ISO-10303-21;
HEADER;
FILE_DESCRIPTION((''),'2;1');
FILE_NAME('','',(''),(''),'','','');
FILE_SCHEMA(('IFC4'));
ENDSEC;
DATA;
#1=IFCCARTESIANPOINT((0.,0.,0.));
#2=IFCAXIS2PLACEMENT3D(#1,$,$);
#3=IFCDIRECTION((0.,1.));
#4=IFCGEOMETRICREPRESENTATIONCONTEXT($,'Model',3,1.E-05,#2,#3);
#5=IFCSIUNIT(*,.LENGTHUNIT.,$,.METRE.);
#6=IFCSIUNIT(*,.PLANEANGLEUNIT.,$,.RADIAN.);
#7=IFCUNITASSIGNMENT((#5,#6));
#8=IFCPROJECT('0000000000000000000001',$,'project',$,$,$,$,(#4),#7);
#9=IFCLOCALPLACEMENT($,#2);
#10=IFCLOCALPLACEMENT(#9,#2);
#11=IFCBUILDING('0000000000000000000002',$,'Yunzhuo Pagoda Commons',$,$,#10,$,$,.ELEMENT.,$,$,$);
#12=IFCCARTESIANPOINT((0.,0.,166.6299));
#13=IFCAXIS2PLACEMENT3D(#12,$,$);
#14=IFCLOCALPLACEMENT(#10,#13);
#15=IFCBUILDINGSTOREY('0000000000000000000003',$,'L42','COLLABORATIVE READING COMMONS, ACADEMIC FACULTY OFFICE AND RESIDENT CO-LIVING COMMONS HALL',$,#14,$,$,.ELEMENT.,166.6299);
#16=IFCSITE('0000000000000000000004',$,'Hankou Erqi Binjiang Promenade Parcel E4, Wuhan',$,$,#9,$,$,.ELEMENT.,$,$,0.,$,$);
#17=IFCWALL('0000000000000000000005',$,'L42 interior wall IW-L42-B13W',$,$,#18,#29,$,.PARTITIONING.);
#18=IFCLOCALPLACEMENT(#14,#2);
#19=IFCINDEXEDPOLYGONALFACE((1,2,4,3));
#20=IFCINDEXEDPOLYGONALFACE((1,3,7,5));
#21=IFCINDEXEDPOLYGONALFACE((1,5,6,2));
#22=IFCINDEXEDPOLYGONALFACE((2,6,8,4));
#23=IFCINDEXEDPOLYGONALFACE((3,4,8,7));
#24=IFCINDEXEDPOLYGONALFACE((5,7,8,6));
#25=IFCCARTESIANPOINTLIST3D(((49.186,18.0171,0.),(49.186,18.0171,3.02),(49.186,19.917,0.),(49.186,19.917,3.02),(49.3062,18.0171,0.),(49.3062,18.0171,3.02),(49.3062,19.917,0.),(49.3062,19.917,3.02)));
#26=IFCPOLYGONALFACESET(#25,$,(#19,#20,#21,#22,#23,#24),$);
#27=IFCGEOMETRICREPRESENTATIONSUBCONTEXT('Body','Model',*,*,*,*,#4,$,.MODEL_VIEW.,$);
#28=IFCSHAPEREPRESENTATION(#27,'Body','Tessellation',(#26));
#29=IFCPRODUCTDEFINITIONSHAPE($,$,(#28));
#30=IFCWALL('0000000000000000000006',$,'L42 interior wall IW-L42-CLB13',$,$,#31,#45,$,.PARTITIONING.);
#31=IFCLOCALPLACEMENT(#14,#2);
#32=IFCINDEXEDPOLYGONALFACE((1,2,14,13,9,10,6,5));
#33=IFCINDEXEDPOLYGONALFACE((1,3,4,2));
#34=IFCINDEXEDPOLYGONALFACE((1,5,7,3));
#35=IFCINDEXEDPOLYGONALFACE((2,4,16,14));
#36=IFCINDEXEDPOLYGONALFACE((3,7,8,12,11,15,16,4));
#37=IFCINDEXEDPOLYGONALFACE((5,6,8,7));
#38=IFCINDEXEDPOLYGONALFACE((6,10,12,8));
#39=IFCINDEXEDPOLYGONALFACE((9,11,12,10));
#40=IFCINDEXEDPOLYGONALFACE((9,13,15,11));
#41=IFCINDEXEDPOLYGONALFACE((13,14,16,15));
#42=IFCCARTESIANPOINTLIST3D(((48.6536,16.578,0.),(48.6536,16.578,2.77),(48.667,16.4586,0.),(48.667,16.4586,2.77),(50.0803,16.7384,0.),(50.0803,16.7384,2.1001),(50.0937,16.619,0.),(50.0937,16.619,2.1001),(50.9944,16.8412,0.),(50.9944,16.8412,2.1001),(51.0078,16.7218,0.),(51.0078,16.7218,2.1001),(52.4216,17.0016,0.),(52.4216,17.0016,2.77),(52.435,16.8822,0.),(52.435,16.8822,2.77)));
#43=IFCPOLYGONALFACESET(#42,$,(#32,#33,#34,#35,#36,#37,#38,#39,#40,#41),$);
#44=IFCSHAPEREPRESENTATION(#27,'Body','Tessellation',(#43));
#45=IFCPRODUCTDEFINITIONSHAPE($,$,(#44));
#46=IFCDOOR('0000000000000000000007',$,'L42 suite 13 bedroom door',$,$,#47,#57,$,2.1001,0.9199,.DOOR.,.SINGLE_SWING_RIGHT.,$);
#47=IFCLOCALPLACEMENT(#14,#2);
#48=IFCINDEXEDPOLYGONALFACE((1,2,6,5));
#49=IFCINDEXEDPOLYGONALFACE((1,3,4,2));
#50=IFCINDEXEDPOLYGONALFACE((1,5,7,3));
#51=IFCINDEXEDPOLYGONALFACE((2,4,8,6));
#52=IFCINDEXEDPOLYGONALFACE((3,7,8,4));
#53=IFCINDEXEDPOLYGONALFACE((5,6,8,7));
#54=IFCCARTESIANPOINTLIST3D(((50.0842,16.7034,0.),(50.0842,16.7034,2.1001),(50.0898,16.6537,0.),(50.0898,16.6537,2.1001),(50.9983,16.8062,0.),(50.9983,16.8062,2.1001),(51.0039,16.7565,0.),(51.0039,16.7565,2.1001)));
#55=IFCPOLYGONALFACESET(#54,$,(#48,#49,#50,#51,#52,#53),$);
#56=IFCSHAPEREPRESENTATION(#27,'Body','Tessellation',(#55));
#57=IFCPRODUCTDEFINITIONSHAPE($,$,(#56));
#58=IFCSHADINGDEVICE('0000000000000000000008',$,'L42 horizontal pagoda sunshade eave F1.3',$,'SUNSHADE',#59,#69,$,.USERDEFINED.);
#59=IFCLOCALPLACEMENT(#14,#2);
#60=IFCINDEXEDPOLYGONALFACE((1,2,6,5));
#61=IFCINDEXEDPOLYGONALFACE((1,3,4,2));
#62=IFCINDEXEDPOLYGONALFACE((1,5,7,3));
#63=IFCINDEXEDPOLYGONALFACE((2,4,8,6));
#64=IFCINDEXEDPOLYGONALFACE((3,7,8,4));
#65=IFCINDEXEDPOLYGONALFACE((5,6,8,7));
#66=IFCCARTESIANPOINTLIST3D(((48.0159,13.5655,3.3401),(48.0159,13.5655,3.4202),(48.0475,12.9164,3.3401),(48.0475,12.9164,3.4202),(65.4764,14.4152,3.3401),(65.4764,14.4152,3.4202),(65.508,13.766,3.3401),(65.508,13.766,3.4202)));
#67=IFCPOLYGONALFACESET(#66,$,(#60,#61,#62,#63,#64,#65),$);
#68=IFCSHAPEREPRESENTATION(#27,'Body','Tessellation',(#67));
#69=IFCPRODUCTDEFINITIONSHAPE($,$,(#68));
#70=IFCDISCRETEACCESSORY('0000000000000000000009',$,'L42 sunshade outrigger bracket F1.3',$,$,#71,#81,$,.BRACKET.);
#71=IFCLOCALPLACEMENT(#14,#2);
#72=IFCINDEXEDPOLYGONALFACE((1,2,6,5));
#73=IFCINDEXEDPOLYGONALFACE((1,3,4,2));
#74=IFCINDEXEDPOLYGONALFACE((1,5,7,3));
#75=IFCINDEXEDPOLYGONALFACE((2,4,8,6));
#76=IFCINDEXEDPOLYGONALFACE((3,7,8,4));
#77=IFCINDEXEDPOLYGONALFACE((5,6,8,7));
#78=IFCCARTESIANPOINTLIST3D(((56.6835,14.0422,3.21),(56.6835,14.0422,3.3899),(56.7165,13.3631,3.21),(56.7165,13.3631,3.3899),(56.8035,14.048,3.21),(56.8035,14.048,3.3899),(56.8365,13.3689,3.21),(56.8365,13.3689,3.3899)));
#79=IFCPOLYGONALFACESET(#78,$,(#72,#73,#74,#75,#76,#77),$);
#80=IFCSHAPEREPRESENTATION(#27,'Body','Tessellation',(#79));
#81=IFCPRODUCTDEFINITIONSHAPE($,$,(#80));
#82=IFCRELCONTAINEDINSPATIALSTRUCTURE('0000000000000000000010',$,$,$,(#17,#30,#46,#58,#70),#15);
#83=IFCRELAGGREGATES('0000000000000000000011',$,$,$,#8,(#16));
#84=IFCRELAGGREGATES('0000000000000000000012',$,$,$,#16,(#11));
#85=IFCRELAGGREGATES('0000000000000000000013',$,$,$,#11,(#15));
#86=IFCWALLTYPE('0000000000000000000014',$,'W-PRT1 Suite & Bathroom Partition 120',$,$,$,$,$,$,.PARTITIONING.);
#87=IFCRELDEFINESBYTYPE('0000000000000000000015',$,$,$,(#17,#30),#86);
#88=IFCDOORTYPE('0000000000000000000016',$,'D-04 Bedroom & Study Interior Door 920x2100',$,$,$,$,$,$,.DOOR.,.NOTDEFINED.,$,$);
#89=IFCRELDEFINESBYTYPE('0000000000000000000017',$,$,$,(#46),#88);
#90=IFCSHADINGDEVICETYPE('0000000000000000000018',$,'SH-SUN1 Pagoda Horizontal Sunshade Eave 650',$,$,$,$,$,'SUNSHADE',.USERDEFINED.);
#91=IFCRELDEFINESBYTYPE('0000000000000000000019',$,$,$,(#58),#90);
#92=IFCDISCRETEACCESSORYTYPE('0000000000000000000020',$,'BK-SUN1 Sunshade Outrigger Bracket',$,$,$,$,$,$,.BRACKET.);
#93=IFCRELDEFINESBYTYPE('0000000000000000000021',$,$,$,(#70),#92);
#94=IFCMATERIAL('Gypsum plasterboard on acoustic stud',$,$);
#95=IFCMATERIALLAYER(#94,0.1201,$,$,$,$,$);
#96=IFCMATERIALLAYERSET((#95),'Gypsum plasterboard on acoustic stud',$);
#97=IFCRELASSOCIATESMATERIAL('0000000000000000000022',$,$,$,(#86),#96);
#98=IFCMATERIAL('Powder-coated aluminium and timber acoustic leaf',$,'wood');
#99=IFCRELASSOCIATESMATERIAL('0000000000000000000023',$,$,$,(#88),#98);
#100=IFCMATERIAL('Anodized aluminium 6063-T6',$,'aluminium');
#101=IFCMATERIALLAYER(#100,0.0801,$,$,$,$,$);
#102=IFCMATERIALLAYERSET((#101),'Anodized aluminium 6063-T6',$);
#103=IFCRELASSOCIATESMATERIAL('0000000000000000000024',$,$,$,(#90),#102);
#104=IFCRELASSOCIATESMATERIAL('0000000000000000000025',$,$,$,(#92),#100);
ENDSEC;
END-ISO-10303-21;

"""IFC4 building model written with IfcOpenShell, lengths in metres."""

from ifc_helpers import new_model, si_unit, direction, frame, frame_2d, origin, origin_with_axes, origin_2d, place, context, subcontext, project, spatial, rectangle, extrude, source, transform, mapped, material, layer, layer_set, type_object, element, fill, save


model = new_model("IFC4")

# Units and contexts
model_context = context("Model", 3, precision=1e-05, world=origin(), true_north=direction((0.0, 1.0)))
body_context = subcontext(model_context, "Body", "Model", "MODEL_VIEW")
ifc_project = project(units=[si_unit("LENGTHUNIT", "METRE"), si_unit("PLANEANGLEUNIT", "RADIAN")], contexts=[model_context])

# Site, building, storey
site_placement = place(None, origin())
site = spatial("IfcSite", under=ifc_project, at=site_placement, Name="Hankou Erqi Binjiang Promenade Parcel E4, Wuhan", CompositionType="ELEMENT", RefElevation=0.0)
building_placement = place(site_placement, origin())
building = spatial("IfcBuilding", under=site, at=building_placement, Name="Yunzhuo Pagoda Commons", CompositionType="ELEMENT")
storey_placement = place(building_placement, frame((0.0, 0.0, 166.6299)))
storey = spatial("IfcBuildingStorey", under=building, at=storey_placement, Name="L42", Description="COLLABORATIVE READING COMMONS, ACADEMIC FACULTY OFFICE AND RESIDENT CO-LIVING COMMONS HALL", CompositionType="ELEMENT", Elevation=166.6299)

# Shared definitions
ifc_material_1 = material(Name="Anodized aluminium 6063-T6", Category="aluminium")

# Shared definitions
ifc_material_2 = material(Name="Gypsum plasterboard on acoustic stud")
ifc_layer_1 = layer(ifc_material_2, 0.1201)
ifc_layer_set_1 = layer_set([ifc_layer_1], Name="Gypsum plasterboard on acoustic stud")
wall_type = type_object("IfcWallType", Name="W-PRT1 Suite & Bathroom Partition 120", PredefinedType="PARTITIONING", material=ifc_layer_set_1)

# Shared definitions
ifc_material_3 = material(Name="Powder-coated aluminium and timber acoustic leaf", Category="wood")

# Wall
wall_1_placement = place(storey_placement, frame((49.2461, 19.917, 0.0), z_axis=(0.0, 0.0, 1.0), x_axis=(0.0, -1.0, 0.0)))
element("IfcWall", 1, at=wall_1_placement, inside=storey, type_object=wall_type, Name="L42 interior wall IW-L42-B13W", PredefinedType="PARTITIONING", context=body_context, shape_type="SweptSolid", body=[
    extrude(rectangle(XDim=1.8999, YDim=0.1201, at=frame_2d((0.95, 0.0))), origin(), (0.0, 0.0, 1.0), 3.02),
])

# Wall, opening, door
wall_2_placement = place(storey_placement, frame((48.6602, 16.5183, 0.0), z_axis=(0.0, 0.0, 1.0), x_axis=(0.993741, 0.111711, 0.0)))
wall_2 = element("IfcWall", 2, at=wall_2_placement, inside=storey, type_object=wall_type, Name="L42 interior wall IW-L42-CLB13", PredefinedType="PARTITIONING", context=body_context, shape_type="SweptSolid", body=[
    extrude(rectangle(XDim=3.7917, YDim=0.1201, at=frame_2d((1.896, 0.0))), origin(), (0.0, 0.0, 1.0), 2.77),
])
opening_1_placement = place(wall_2_placement, frame((1.4358, 0.0, 0.0)))
opening_1 = element("IfcOpeningElement", 3, at=opening_1_placement, cuts=wall_2, PredefinedType="OPENING", context=body_context, shape_type="SweptSolid", body=[
    extrude(rectangle(XDim=0.9199, YDim=2.1001, at=frame_2d((0.46, 1.05))), frame((0.0, 0.0701, 0.0), z_axis=(0.0, -1.0, 0.0), x_axis=(1.0, 0.0, 0.0)), (0.0, 0.0, 1.0), 0.1401),
])
door_type_1 = type_object("IfcDoorType", Name="D-04 Bedroom & Study Interior Door 920x2100", OperationType="NOTDEFINED", PredefinedType="DOOR", material=ifc_material_3)
shared_shape_1 = source(origin(), body_context, "Body", "SweptSolid", [
    extrude(rectangle(XDim=0.9199, YDim=2.1001, at=frame_2d((0.46, 1.05))), frame((0.0, 0.0249, 0.0), z_axis=(0.0, -1.0, 0.0), x_axis=(1.0, 0.0, 0.0)), (0.0, 0.0, 1.0), 0.05),
])
door_1_placement = place(opening_1_placement, origin_with_axes())
door_1 = element("IfcDoor", 4, at=door_1_placement, inside=storey, type_object=door_type_1, Name="L42 suite 13 bedroom door", OperationType="SINGLE_SWING_RIGHT", OverallHeight=2.1001, OverallWidth=0.9199, PredefinedType="DOOR", context=body_context, shape_type="MappedRepresentation", body=[
    mapped(shared_shape_1, transform((0.0, 0.0, 0.0), scale=1.0)),
])
fill(opening_1, door_1)

# Shading device
ifc_layer_2 = layer(ifc_material_1, 0.0801)
ifc_layer_set_2 = layer_set([ifc_layer_2], Name="Anodized aluminium 6063-T6")
shading_device_type = type_object("IfcShadingDeviceType", Name="SH-SUN1 Pagoda Horizontal Sunshade Eave 650", ElementType="SUNSHADE", PredefinedType="USERDEFINED", material=ifc_layer_set_2)
shared_shape_2 = source(origin(), body_context, "Body", "SweptSolid", [
    extrude(rectangle(XDim=17.4812, YDim=0.6499, at=origin_2d()), origin(), (0.0, 0.0, 1.0), 0.0801),
])
shading_device_placement = place(storey_placement, frame((56.762, 13.6658, 3.3401), z_axis=(0.0, 0.0, 1.0), x_axis=(0.998818, 0.048606, 0.0)))
element("IfcShadingDevice", 5, at=shading_device_placement, inside=storey, type_object=shading_device_type, Name="L42 horizontal pagoda sunshade eave F1.3", ObjectType="SUNSHADE", PredefinedType="USERDEFINED", context=body_context, shape_type="MappedRepresentation", body=[
    mapped(shared_shape_2, transform((0.0, 0.0, 0.0), scale=1.0)),
])

# Discrete accessory
discrete_accessory_type = type_object("IfcDiscreteAccessoryType", Name="BK-SUN1 Sunshade Outrigger Bracket", PredefinedType="BRACKET", material=ifc_material_1)
shared_shape_3 = source(origin(), body_context, "Body", "SweptSolid", [
    extrude(rectangle(XDim=0.1201, YDim=0.6799, at=origin_2d()), origin(), (0.0, 0.0, 1.0), 0.1799),
])
discrete_accessory_placement = place(storey_placement, frame((56.76, 13.7056, 3.21), z_axis=(0.0, 0.0, 1.0), x_axis=(0.998818, 0.048606, 0.0)))
element("IfcDiscreteAccessory", 6, at=discrete_accessory_placement, inside=storey, type_object=discrete_accessory_type, Name="L42 sunshade outrigger bracket F1.3", PredefinedType="BRACKET", context=body_context, shape_type="MappedRepresentation", body=[
    mapped(shared_shape_3, transform((0.0, 0.0, 0.0), scale=1.0)),
])

save(model, "model.ifc")
